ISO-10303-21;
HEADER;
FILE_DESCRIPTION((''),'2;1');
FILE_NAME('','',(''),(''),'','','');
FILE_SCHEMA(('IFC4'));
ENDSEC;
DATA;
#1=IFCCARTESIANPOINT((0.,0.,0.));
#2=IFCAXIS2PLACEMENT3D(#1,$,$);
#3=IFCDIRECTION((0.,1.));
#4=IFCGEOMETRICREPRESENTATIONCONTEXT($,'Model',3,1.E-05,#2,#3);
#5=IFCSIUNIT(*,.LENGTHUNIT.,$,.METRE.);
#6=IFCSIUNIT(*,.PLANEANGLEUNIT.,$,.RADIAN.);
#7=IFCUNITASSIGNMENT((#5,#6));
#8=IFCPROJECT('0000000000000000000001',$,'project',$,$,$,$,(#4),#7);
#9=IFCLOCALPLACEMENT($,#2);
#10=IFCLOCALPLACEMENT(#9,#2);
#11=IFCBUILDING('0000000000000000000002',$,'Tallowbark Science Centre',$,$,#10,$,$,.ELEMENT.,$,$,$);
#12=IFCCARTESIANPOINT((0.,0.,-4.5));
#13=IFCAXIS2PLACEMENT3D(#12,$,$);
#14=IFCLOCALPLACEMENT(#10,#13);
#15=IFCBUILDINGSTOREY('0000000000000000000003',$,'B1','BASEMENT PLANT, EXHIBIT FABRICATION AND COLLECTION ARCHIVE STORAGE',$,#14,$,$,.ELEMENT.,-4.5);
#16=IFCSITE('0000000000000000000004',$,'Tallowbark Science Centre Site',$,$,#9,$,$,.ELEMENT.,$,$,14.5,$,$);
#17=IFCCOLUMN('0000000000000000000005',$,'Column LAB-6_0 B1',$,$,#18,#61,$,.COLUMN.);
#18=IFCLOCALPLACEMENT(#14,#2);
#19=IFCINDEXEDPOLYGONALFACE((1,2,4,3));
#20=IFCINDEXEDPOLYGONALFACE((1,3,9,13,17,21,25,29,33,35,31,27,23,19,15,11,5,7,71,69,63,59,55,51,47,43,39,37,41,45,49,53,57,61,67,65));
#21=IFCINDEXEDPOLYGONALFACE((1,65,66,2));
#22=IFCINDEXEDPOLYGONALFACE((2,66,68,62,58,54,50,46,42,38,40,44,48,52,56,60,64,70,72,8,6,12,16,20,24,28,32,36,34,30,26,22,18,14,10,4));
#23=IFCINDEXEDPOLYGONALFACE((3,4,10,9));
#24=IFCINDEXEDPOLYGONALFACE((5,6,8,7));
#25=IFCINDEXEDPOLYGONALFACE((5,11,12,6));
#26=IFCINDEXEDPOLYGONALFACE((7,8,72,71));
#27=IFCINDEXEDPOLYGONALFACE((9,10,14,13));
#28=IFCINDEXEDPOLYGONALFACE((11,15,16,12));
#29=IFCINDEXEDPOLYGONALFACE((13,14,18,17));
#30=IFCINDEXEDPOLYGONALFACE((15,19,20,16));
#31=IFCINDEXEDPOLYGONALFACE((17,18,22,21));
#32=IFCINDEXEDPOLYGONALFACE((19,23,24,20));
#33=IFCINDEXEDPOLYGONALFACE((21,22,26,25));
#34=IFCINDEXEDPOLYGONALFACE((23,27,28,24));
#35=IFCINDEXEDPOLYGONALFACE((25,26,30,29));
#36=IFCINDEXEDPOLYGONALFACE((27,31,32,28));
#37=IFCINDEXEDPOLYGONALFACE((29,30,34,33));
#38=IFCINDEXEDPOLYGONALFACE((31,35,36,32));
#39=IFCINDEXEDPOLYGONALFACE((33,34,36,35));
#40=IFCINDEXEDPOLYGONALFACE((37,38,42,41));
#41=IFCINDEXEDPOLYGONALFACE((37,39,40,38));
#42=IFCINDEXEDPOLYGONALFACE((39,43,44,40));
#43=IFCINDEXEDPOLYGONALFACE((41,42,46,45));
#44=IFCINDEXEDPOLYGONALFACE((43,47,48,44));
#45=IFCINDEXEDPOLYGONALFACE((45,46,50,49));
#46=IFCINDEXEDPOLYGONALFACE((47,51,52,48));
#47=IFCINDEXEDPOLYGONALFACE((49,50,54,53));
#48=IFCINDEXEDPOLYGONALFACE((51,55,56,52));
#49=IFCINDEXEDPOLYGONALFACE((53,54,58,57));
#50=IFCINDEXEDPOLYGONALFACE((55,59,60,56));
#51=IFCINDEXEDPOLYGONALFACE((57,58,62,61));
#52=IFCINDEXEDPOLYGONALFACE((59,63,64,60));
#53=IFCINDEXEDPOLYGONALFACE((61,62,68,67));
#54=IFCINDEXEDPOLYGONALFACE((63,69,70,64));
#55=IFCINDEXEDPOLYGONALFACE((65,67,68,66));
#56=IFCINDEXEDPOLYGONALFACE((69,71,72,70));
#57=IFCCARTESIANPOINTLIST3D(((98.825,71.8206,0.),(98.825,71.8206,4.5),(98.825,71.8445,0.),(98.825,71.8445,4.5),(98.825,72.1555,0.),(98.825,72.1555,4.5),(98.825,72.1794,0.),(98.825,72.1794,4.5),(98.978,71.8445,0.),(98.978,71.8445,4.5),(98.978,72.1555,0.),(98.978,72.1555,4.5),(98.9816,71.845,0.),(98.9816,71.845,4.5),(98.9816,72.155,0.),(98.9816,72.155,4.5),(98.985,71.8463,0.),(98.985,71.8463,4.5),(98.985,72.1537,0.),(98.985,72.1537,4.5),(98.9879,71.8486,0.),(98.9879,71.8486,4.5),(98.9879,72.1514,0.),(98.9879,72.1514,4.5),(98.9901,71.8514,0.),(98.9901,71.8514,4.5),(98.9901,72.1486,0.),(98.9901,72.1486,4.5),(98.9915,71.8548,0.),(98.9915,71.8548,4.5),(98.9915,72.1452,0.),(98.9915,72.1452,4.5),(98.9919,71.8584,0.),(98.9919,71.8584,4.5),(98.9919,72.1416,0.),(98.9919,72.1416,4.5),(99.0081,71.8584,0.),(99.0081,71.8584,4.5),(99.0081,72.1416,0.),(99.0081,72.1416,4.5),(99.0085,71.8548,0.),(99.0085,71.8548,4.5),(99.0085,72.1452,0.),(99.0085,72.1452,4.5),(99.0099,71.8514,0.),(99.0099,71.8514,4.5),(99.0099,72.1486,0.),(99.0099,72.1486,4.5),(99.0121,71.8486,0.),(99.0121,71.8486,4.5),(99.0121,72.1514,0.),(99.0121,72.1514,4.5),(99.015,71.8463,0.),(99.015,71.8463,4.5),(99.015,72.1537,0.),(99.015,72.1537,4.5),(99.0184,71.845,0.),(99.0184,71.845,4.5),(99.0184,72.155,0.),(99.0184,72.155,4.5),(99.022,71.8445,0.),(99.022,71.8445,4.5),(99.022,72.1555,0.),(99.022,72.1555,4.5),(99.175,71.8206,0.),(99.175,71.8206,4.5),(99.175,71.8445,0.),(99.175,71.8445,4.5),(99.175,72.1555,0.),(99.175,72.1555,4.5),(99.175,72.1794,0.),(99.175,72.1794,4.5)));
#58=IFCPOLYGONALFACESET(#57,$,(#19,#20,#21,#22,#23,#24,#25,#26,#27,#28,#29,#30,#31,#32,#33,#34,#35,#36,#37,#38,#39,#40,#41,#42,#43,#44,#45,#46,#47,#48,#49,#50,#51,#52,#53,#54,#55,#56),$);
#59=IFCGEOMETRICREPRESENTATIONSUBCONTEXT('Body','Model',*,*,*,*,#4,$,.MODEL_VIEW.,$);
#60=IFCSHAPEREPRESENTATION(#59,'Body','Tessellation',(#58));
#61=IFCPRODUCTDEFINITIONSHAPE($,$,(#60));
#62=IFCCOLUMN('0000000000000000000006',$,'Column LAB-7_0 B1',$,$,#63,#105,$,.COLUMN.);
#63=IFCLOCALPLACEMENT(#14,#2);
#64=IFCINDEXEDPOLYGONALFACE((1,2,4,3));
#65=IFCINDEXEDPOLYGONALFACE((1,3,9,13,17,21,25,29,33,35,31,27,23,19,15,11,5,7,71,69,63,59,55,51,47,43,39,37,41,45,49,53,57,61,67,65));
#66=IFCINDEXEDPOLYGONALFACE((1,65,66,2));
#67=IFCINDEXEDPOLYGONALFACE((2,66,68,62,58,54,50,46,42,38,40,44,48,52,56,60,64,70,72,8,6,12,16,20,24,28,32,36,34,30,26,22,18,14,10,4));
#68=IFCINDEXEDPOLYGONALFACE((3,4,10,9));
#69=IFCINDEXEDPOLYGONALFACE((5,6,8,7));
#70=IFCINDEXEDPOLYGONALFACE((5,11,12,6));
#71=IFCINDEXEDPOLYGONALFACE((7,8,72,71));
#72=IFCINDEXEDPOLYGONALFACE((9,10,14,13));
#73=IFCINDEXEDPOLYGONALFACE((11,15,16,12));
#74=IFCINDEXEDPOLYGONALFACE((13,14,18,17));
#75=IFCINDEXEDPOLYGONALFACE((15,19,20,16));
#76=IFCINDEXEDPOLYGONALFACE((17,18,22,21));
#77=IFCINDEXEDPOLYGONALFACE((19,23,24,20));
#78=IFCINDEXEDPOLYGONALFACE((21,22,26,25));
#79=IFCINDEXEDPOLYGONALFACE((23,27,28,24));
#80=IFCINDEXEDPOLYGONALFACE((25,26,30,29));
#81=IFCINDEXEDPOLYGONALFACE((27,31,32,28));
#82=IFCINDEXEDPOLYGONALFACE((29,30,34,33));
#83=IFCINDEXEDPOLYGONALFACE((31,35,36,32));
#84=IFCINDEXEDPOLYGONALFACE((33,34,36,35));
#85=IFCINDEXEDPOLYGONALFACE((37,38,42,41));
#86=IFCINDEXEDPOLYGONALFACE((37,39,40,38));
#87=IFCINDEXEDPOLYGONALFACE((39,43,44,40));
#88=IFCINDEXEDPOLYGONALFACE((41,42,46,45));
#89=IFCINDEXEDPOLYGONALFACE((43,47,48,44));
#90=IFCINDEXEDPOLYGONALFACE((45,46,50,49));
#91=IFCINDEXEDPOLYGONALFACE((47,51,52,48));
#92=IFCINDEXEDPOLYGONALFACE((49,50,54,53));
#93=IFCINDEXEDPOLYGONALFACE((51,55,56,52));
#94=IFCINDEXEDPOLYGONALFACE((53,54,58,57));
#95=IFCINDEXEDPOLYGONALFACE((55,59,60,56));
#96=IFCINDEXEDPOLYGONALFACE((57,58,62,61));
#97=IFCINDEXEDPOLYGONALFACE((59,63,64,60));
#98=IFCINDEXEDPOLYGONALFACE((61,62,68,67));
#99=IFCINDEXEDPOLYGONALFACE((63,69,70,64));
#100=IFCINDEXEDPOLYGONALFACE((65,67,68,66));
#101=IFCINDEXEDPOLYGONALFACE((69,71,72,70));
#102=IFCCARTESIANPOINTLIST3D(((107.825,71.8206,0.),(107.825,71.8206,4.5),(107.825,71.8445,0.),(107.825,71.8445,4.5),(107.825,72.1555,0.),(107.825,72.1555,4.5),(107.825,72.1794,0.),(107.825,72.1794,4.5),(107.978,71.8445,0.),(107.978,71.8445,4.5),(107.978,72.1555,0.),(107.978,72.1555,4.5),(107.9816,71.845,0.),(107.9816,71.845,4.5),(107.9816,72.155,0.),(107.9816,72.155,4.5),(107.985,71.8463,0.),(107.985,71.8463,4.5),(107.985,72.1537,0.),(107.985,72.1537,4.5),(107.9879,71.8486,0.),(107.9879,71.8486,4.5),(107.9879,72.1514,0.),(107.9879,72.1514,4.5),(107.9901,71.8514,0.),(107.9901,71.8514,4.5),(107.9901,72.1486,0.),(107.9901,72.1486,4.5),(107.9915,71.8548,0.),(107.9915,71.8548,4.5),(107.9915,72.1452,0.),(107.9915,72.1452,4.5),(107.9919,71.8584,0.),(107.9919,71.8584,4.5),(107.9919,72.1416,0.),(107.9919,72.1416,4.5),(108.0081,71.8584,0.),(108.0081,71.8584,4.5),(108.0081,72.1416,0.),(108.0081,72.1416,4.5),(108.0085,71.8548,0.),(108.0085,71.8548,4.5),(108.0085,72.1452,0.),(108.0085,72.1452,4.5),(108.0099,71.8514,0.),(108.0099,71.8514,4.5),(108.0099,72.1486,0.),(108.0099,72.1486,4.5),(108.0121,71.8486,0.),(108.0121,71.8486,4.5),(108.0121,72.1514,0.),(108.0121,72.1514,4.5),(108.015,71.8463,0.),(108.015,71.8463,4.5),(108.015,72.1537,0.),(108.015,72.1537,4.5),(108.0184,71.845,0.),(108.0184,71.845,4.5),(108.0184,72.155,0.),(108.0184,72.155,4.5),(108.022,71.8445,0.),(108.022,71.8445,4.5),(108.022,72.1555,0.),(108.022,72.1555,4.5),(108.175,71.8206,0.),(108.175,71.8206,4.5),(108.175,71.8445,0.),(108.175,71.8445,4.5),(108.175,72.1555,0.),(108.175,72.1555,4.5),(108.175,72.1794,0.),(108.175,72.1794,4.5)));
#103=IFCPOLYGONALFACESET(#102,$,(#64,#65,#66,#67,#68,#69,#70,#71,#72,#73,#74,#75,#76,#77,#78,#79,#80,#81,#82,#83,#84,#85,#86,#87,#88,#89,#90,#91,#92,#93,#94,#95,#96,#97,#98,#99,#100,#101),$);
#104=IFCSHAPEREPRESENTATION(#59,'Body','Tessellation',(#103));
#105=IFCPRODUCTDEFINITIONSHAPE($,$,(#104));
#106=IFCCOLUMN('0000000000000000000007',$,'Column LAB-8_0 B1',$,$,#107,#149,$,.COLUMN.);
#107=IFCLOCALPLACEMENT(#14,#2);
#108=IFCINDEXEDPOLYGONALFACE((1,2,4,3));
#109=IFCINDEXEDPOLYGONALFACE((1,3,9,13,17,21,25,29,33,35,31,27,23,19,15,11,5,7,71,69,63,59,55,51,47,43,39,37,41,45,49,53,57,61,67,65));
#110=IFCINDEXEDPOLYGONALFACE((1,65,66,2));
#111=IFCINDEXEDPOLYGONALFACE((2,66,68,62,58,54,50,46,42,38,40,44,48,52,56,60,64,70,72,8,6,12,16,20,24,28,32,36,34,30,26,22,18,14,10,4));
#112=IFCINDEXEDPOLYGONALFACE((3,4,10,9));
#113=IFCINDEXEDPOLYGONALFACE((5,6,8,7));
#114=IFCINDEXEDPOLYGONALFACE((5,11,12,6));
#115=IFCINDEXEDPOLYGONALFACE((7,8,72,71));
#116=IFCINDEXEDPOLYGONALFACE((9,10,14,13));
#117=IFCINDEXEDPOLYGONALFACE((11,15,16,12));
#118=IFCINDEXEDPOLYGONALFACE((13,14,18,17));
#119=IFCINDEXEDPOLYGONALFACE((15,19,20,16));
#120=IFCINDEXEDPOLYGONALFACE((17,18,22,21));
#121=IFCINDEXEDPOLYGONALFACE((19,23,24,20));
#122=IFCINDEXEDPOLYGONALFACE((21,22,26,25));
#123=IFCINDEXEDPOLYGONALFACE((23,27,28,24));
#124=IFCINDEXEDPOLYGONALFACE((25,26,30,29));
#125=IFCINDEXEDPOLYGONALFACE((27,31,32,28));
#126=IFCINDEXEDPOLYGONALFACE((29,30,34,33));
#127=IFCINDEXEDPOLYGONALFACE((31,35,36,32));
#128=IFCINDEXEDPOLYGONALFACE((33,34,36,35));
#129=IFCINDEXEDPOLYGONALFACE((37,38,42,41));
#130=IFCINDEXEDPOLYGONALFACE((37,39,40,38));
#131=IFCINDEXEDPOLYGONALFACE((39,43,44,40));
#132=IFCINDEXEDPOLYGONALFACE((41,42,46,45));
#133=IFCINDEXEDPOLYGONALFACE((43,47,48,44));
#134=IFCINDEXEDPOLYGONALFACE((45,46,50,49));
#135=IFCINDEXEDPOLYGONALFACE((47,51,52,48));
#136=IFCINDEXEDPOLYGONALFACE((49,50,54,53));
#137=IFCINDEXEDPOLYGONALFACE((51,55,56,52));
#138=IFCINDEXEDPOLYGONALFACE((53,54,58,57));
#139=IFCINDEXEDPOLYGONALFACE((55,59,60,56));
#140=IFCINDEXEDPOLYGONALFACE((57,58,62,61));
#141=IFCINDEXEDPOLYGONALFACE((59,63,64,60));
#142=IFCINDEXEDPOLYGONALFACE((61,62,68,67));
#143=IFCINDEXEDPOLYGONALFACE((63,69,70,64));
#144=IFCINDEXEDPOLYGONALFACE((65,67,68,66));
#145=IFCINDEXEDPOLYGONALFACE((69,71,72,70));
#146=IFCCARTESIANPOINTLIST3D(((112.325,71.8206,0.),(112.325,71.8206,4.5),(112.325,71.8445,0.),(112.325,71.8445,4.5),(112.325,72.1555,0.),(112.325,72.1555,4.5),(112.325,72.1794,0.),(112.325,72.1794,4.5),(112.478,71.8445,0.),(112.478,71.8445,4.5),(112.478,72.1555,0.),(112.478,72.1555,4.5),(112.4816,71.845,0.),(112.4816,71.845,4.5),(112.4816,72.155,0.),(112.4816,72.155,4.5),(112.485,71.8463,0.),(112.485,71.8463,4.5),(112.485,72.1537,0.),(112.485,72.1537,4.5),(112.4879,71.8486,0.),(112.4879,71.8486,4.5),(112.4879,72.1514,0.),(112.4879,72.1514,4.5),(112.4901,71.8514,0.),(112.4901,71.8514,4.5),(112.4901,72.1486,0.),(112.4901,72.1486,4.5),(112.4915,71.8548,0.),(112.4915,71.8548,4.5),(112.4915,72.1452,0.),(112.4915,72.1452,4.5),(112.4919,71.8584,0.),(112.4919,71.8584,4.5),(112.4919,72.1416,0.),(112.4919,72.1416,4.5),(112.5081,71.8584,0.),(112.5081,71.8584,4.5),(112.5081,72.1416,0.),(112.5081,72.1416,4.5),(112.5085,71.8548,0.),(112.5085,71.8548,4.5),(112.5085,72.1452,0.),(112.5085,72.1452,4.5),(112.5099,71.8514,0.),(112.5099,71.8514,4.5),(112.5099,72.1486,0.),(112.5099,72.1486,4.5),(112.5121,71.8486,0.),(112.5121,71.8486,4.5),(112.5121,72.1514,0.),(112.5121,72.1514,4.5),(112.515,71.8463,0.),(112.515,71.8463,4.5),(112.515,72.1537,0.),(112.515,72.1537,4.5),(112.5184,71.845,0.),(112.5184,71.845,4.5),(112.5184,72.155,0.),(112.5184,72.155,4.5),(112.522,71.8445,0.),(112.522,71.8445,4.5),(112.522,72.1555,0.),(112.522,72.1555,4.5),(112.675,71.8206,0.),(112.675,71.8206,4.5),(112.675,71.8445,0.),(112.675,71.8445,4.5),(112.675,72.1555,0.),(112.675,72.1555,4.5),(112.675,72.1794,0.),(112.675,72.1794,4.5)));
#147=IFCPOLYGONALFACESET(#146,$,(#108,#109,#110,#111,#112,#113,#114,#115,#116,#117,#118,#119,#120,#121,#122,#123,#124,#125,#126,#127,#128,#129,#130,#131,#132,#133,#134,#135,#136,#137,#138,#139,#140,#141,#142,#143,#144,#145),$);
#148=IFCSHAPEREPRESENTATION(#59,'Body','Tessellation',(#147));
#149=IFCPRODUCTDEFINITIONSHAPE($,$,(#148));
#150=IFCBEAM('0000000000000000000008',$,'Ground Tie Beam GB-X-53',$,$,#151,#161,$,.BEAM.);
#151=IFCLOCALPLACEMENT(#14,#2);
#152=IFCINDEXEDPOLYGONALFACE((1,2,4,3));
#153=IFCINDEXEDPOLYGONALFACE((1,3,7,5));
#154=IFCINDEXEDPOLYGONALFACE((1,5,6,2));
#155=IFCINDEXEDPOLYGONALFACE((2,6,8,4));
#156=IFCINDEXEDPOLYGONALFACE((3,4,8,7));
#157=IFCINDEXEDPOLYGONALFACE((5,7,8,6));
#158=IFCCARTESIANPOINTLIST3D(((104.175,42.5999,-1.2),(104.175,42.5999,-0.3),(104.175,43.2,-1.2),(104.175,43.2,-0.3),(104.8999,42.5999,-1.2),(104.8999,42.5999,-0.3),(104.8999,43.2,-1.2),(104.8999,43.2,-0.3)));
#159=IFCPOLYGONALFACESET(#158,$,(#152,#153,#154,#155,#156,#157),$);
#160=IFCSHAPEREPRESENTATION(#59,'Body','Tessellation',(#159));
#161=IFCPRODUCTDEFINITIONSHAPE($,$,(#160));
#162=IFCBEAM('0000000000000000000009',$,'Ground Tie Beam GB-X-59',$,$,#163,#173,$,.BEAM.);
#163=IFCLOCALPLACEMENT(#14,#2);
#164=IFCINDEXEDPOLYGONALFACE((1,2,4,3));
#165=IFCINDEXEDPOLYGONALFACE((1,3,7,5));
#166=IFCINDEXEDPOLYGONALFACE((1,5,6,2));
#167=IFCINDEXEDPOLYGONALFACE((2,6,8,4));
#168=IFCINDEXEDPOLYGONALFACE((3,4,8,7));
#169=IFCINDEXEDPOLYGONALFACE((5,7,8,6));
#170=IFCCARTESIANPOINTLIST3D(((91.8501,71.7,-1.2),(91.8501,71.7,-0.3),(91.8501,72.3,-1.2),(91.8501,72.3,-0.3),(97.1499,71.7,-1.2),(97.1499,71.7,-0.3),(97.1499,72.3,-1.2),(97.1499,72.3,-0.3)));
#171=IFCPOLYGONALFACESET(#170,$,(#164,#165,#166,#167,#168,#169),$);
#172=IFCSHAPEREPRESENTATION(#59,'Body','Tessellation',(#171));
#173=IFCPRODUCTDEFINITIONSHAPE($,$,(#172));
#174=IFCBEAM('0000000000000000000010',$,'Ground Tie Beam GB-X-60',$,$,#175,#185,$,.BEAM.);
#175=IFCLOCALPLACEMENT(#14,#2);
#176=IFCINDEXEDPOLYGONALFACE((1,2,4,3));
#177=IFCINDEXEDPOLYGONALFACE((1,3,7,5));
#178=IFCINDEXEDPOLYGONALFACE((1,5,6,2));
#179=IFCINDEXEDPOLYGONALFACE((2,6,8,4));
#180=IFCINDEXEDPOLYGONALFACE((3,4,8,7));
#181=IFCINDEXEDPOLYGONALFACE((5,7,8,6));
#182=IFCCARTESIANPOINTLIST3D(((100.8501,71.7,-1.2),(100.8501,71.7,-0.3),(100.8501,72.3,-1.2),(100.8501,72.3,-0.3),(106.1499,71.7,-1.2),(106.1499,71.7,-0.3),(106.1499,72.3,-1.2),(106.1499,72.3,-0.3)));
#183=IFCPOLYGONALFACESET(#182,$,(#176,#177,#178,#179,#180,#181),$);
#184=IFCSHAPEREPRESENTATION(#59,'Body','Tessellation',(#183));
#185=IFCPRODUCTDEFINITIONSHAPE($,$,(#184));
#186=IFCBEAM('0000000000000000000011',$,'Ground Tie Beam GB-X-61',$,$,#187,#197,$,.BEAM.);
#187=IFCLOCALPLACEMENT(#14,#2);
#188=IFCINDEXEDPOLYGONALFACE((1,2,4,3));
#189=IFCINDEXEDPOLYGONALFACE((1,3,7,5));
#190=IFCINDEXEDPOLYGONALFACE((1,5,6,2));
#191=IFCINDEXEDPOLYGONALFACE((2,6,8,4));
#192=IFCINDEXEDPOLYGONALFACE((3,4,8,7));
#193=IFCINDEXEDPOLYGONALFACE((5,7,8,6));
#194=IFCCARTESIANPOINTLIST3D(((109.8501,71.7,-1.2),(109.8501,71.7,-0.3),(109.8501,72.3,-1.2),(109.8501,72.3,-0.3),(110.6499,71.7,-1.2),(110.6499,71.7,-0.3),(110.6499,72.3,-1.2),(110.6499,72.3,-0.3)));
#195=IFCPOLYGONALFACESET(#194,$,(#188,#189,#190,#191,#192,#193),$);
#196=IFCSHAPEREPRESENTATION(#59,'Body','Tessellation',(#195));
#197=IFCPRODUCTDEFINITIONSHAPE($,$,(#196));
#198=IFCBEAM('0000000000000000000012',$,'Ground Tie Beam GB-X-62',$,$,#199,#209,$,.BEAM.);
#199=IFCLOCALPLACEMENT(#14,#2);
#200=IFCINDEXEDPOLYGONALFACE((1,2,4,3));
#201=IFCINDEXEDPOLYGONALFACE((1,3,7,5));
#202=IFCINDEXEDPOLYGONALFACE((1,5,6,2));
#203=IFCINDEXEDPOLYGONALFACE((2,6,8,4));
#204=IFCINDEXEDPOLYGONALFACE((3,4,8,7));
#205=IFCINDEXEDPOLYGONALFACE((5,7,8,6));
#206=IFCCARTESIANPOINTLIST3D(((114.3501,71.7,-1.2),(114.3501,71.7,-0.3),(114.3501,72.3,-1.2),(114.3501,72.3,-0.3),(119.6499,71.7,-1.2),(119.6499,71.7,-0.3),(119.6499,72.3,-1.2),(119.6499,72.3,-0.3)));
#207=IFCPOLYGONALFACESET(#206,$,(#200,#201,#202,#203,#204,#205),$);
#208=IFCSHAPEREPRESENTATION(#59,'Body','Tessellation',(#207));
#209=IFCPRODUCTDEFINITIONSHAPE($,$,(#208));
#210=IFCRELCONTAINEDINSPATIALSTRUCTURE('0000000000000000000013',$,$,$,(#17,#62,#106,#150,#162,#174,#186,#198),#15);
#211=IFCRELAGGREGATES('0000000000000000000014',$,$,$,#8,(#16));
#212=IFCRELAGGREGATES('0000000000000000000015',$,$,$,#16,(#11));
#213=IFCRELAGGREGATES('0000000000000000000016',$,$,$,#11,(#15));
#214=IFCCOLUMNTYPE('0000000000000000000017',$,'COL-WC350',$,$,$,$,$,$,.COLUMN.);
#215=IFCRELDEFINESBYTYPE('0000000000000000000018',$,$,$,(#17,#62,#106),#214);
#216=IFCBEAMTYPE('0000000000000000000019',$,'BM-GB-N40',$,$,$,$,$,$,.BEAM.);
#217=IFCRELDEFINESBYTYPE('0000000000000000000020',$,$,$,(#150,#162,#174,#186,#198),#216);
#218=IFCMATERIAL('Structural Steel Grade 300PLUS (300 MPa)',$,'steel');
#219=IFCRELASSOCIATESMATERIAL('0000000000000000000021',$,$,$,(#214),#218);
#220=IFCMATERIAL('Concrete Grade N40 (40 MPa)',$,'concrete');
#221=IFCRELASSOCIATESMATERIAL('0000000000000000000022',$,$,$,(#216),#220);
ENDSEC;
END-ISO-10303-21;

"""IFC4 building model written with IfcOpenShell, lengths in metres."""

from ifc_helpers import new_model, si_unit, direction, frame, origin, origin_2d, place, context, subcontext, project, spatial, rectangle, i_section, extrude, material, material_profile, profile_set, type_object, element, save


model = new_model("IFC4")

# Units and contexts
model_context = context("Model", 3, precision=1e-05, world=origin(), true_north=direction((0.0, 1.0)))
body_context = subcontext(model_context, "Body", "Model", "MODEL_VIEW")
ifc_project = project(units=[si_unit("LENGTHUNIT", "METRE"), si_unit("PLANEANGLEUNIT", "RADIAN")], contexts=[model_context])

# Site, building, storey
site_placement = place(None, origin())
site = spatial("IfcSite", under=ifc_project, at=site_placement, Name="Tallowbark Science Centre Site", CompositionType="ELEMENT", RefElevation=14.5)
building_placement = place(site_placement, origin())
building = spatial("IfcBuilding", under=site, at=building_placement, Name="Tallowbark Science Centre", CompositionType="ELEMENT")
storey_placement = place(building_placement, frame((0.0, 0.0, -4.5)))
storey = spatial("IfcBuildingStorey", under=building, at=storey_placement, Name="B1", Description="BASEMENT PLANT, EXHIBIT FABRICATION AND COLLECTION ARCHIVE STORAGE", CompositionType="ELEMENT", Elevation=-4.5)

# Shared definitions
ifc_material_1 = material(Name="Concrete Grade N40 (40 MPa)", Category="concrete")

# Columns
ifc_material_2 = material(Name="Structural Steel Grade 300PLUS (300 MPa)", Category="steel")
ifc_material_profile_1 = material_profile(ifc_material_2, i_section(OverallWidth=0.3501, OverallDepth=0.3589, WebThickness=0.0161, FlangeThickness=0.0239, FilletRadius=0.0139, at=origin_2d()), Name="350WC197")
ifc_profile_set_1 = profile_set([ifc_material_profile_1], Name="Structural Steel Grade 300PLUS (300 MPa)")
column_type_1 = type_object("IfcColumnType", Name="COL-WC350", PredefinedType="COLUMN", material=ifc_profile_set_1)
for number, where, z_axis, x_axis, name in (
    (1, (99.0, 72.0, 0.0), (0.0, 0.0, 1.0), (1.0, 0.0, 0.0), "Column LAB-6_0 B1"),
    (2, (108.0, 72.0, 0.0), (0.0, 0.0, 1.0), (1.0, 0.0, 0.0), "Column LAB-7_0 B1"),
    (3, (112.5, 72.0, 0.0), (0.0, 0.0, 1.0), (1.0, 0.0, 0.0), "Column LAB-8_0 B1"),
):
    element("IfcColumn", number, at=place(storey_placement, frame(where, z_axis=z_axis, x_axis=x_axis)), inside=storey, type_object=column_type_1, Name=name, PredefinedType="COLUMN", context=body_context, shape_type="SweptSolid", body=[
        extrude(i_section(OverallWidth=0.3501, OverallDepth=0.3589, WebThickness=0.0161, FlangeThickness=0.0239, FilletRadius=0.0139, at=origin_2d()), origin(), (0.0, 0.0, 1.0), 4.5),
    ])

# Beams
ifc_material_profile_2 = material_profile(ifc_material_1, rectangle(XDim=0.6001, YDim=0.8999, at=origin_2d()), Name="RC600x900")
ifc_profile_set_2 = profile_set([ifc_material_profile_2], Name="Concrete Grade N40 (40 MPa)")
beam_type = type_object("IfcBeamType", Name="BM-GB-N40", PredefinedType="BEAM", material=ifc_profile_set_2)
beam_1_placement = place(storey_placement, frame((104.175, 42.8999, -0.75), z_axis=(1.0, 0.0, 0.0), x_axis=(0.0, 1.0, 0.0)))
element("IfcBeam", 4, at=beam_1_placement, inside=storey, type_object=beam_type, Name="Ground Tie Beam GB-X-53", PredefinedType="BEAM", context=body_context, shape_type="SweptSolid", body=[
    extrude(rectangle(XDim=0.6001, YDim=0.8999, at=origin_2d()), origin(), (0.0, 0.0, 1.0), 0.7249),
])
for number, where, z_axis, x_axis, name in (
    (5, (91.8501, 72.0, -0.75), (1.0, 0.0, 0.0), (0.0, 1.0, 0.0), "Ground Tie Beam GB-X-59"),
    (6, (100.8501, 72.0, -0.75), (1.0, 0.0, 0.0), (0.0, 1.0, 0.0), "Ground Tie Beam GB-X-60"),
):
    element("IfcBeam", number, at=place(storey_placement, frame(where, z_axis=z_axis, x_axis=x_axis)), inside=storey, type_object=beam_type, Name=name, PredefinedType="BEAM", context=body_context, shape_type="SweptSolid", body=[
        extrude(rectangle(XDim=0.6001, YDim=0.8999, at=origin_2d()), origin(), (0.0, 0.0, 1.0), 5.2998),
    ])
beam_2_placement = place(storey_placement, frame((109.8501, 72.0, -0.75), z_axis=(1.0, 0.0, 0.0), x_axis=(0.0, 1.0, 0.0)))
element("IfcBeam", 7, at=beam_2_placement, inside=storey, type_object=beam_type, Name="Ground Tie Beam GB-X-61", PredefinedType="BEAM", context=body_context, shape_type="SweptSolid", body=[
    extrude(rectangle(XDim=0.6001, YDim=0.8999, at=origin_2d()), origin(), (0.0, 0.0, 1.0), 0.7998),
])
beam_3_placement = place(storey_placement, frame((114.3501, 72.0, -0.75), z_axis=(1.0, 0.0, 0.0), x_axis=(0.0, 1.0, 0.0)))
element("IfcBeam", 8, at=beam_3_placement, inside=storey, type_object=beam_type, Name="Ground Tie Beam GB-X-62", PredefinedType="BEAM", context=body_context, shape_type="SweptSolid", body=[
    extrude(rectangle(XDim=0.6001, YDim=0.8999, at=origin_2d()), origin(), (0.0, 0.0, 1.0), 5.2998),
])

save(model, "model.ifc")
